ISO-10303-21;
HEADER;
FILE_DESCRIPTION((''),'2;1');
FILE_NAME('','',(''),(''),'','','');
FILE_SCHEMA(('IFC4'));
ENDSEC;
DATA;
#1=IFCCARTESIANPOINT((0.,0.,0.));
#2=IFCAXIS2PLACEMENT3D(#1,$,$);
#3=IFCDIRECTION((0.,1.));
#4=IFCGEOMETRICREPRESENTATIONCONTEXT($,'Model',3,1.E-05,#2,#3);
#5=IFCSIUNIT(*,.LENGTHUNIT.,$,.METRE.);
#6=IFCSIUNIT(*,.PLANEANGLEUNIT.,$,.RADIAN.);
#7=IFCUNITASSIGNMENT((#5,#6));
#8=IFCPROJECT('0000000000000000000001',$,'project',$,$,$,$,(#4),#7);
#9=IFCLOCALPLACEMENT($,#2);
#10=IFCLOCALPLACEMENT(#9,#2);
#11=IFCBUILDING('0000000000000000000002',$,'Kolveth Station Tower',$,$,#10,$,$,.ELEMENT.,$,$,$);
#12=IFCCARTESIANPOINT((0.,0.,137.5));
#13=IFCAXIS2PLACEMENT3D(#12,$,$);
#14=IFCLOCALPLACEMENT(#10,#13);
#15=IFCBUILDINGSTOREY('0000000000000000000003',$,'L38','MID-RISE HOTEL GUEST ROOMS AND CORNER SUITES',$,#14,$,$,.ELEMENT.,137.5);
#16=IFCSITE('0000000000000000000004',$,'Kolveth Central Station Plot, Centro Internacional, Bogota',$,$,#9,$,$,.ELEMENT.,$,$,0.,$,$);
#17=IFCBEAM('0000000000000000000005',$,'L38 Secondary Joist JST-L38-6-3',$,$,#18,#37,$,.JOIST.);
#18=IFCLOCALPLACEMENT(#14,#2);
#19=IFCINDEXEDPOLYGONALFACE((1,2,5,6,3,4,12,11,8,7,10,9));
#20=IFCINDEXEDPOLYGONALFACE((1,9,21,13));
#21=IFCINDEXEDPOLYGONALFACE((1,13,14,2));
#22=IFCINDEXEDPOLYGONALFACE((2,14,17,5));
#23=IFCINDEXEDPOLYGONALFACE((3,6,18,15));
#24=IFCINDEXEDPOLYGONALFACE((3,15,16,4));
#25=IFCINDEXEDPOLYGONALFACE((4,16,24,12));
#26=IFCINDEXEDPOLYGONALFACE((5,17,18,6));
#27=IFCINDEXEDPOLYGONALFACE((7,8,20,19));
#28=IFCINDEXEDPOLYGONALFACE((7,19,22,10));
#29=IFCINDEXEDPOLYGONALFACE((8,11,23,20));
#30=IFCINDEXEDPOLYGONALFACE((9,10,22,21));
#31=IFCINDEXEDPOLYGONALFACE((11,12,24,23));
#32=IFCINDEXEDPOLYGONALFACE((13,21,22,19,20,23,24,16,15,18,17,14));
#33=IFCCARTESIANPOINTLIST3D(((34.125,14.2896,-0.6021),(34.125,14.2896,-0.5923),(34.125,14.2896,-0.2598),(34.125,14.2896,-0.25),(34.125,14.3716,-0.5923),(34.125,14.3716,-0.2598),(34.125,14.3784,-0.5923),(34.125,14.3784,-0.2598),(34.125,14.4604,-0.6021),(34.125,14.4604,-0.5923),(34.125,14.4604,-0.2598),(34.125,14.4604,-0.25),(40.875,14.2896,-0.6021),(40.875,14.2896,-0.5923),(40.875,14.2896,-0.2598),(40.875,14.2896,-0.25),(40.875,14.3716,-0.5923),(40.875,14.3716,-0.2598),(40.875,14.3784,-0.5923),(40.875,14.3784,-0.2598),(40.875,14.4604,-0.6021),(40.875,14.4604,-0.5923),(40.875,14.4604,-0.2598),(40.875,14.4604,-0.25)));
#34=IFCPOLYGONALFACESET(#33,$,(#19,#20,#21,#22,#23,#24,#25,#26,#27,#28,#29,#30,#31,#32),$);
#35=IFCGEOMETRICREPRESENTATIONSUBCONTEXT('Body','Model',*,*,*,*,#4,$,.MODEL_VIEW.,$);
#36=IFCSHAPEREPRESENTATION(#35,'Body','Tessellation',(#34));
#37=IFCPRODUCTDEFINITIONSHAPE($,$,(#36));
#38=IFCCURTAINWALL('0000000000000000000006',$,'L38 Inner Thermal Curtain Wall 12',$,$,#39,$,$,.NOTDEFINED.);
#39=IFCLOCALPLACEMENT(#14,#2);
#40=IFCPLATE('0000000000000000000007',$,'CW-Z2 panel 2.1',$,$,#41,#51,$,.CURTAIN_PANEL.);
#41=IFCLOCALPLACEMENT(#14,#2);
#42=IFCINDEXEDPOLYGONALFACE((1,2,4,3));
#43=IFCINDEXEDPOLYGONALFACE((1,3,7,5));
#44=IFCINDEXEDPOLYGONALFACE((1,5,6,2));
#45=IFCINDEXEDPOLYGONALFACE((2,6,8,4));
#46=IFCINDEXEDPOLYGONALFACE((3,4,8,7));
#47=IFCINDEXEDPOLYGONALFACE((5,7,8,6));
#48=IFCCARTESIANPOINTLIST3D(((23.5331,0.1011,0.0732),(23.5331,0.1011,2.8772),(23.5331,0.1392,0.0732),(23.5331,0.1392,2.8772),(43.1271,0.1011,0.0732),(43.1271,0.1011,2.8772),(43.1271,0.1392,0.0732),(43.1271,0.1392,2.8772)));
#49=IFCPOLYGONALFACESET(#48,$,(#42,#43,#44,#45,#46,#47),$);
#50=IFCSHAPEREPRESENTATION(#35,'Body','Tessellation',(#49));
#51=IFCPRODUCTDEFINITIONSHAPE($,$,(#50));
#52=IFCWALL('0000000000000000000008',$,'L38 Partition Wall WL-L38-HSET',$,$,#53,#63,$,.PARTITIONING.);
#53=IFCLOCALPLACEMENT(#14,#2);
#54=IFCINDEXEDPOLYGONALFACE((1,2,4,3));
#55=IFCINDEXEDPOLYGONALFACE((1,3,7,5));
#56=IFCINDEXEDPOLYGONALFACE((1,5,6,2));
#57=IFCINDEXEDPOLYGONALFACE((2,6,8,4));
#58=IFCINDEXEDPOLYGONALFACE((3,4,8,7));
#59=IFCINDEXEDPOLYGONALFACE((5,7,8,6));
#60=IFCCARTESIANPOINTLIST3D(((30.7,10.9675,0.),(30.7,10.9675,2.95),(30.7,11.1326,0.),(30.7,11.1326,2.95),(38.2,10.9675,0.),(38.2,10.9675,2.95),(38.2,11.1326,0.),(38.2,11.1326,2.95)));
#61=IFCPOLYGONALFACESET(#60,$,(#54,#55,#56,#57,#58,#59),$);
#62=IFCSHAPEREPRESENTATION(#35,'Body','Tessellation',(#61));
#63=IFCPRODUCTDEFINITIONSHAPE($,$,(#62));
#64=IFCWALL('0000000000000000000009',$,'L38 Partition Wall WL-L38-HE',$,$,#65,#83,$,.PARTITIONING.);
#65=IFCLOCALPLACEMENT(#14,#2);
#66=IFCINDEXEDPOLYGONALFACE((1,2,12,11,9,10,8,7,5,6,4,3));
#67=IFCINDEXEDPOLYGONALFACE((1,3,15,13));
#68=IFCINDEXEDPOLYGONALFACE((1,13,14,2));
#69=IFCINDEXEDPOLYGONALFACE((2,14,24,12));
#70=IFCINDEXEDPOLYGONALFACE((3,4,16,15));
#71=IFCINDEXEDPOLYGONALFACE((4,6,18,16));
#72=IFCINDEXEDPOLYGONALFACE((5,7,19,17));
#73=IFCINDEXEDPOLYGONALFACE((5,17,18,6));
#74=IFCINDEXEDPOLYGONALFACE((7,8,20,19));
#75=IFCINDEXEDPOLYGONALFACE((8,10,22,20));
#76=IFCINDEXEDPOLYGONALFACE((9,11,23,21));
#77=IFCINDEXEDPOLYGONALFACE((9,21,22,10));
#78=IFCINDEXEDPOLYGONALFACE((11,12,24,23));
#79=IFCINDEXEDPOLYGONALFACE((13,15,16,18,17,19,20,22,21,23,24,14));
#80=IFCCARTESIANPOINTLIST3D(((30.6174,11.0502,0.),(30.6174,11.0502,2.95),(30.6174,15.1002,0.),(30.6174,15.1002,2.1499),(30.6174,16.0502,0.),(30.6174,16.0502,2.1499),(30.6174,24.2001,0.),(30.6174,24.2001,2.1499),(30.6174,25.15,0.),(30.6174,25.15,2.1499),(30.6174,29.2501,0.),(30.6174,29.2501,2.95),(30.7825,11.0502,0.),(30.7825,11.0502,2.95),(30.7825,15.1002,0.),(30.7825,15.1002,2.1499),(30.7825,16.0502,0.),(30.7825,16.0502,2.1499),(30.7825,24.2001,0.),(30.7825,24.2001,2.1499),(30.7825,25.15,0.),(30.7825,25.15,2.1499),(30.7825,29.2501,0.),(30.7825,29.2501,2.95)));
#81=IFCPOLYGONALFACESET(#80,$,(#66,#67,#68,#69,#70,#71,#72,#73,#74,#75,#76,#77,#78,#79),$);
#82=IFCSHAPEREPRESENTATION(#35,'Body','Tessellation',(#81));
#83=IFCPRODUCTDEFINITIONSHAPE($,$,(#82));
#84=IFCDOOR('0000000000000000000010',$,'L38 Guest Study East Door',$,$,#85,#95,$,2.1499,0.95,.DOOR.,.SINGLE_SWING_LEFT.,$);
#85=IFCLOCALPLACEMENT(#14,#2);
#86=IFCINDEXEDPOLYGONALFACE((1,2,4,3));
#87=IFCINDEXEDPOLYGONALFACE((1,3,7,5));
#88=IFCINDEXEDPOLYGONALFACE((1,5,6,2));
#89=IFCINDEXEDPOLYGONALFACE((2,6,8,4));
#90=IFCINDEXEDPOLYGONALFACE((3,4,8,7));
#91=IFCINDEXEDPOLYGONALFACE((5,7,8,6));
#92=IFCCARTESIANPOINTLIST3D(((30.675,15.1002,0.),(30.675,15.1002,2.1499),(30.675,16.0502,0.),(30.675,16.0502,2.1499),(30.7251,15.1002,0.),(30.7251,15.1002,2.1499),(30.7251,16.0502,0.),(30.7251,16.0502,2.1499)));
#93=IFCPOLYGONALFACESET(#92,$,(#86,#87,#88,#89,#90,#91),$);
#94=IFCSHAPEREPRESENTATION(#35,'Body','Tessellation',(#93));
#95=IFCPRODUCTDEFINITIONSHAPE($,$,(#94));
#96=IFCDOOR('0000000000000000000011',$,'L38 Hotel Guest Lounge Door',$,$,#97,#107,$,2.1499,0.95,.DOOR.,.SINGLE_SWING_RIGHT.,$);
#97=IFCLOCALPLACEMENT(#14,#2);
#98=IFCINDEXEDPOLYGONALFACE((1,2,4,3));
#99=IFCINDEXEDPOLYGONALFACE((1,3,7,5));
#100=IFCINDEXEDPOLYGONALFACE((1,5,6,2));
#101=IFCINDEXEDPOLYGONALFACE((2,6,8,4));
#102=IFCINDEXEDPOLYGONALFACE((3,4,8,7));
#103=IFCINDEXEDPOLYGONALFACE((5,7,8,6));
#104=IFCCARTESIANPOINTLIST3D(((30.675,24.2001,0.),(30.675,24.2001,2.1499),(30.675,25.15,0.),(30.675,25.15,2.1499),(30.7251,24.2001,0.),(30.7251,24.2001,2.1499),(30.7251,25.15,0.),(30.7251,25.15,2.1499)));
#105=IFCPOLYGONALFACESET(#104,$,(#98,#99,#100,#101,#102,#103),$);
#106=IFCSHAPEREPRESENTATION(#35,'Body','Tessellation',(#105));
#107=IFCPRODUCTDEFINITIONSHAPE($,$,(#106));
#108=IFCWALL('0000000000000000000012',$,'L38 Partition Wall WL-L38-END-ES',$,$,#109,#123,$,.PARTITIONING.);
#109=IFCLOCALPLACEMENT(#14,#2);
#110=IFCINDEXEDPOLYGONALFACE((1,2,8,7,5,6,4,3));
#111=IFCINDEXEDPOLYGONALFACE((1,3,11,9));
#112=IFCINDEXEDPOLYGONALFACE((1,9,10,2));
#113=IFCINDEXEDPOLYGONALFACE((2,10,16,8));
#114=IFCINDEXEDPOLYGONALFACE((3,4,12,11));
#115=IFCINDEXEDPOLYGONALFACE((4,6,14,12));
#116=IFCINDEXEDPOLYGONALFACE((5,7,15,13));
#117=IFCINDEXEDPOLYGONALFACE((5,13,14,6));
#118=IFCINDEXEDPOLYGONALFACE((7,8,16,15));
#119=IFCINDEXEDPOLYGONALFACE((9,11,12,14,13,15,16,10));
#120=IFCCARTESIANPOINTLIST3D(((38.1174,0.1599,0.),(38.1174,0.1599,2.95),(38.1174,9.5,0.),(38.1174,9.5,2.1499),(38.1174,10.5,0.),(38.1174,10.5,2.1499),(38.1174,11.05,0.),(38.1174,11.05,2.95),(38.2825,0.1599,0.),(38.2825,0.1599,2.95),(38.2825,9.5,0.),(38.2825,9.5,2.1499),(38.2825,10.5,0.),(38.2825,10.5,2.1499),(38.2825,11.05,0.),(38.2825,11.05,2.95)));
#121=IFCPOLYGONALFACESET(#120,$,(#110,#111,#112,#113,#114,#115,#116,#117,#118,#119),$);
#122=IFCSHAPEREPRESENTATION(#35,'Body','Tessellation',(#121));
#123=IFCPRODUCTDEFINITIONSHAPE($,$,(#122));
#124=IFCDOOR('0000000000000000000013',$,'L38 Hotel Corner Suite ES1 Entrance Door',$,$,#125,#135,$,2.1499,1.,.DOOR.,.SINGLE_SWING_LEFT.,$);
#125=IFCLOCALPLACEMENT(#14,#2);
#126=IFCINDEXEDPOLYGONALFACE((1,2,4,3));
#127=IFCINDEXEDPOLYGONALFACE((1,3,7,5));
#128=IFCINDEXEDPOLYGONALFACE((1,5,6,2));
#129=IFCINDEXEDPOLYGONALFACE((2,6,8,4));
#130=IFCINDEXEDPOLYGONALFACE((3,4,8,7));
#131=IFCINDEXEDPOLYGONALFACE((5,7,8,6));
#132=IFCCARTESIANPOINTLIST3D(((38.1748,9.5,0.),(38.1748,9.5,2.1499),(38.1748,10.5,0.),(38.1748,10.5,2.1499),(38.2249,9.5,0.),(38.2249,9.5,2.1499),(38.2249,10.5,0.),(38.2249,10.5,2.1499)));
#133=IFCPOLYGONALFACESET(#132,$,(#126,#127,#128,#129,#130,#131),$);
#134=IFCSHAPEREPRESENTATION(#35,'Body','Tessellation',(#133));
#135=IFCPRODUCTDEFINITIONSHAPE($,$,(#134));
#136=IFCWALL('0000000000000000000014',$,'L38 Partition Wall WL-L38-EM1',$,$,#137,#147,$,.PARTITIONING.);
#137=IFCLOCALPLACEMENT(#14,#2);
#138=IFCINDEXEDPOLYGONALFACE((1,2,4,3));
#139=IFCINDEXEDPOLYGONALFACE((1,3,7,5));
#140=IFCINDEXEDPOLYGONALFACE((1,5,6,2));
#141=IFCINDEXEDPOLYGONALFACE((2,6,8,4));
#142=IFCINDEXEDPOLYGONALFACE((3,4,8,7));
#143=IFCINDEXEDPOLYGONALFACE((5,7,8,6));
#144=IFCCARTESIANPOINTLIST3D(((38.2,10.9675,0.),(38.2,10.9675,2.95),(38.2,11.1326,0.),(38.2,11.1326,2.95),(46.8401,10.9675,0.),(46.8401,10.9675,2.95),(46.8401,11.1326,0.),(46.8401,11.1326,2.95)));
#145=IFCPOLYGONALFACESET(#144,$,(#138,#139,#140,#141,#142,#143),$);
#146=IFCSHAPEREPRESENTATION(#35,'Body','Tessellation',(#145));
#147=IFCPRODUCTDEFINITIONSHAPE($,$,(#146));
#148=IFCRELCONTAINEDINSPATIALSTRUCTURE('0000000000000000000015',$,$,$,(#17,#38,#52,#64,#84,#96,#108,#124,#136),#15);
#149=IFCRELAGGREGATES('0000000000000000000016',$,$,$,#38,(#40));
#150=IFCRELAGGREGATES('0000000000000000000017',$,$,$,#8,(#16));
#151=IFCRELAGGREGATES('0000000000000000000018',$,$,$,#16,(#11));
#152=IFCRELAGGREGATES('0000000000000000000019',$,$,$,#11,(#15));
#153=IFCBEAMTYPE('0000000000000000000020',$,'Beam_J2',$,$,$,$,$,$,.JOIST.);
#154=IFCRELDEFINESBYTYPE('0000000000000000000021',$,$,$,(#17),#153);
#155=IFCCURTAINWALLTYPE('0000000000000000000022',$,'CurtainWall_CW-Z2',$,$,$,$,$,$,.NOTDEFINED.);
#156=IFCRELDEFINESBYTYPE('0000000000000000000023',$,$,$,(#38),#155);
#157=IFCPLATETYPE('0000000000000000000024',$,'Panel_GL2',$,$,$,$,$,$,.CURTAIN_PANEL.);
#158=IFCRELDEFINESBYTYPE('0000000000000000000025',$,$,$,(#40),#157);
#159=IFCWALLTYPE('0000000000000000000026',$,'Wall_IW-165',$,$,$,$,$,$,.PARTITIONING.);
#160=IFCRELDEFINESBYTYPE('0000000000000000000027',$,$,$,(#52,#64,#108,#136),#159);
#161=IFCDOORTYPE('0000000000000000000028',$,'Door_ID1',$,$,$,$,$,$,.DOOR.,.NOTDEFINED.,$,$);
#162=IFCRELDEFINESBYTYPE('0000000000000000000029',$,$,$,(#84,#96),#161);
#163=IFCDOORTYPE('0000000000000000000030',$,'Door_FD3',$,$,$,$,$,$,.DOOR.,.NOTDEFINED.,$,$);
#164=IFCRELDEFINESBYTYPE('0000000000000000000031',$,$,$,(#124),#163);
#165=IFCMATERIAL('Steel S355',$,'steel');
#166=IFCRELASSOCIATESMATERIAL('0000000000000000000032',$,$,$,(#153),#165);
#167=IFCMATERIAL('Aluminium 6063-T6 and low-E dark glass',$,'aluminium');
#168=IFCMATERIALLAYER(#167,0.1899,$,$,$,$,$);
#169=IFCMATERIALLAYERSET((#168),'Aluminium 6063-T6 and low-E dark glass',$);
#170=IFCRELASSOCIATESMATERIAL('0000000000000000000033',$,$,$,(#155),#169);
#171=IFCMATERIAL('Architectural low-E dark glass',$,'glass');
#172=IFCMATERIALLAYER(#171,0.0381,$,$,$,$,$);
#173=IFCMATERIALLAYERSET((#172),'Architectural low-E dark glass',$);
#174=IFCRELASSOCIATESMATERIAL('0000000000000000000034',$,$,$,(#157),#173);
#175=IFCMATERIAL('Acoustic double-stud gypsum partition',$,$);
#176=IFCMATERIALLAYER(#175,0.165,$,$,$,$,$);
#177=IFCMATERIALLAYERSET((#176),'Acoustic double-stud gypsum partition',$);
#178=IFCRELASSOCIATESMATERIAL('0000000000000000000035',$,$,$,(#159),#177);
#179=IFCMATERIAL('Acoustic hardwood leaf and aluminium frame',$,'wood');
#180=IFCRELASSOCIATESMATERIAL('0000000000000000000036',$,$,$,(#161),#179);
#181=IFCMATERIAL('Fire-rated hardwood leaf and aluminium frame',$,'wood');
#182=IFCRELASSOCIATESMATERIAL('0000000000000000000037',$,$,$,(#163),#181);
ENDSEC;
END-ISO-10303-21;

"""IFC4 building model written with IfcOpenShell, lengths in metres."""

from ifc_helpers import new_model, si_unit, direction, frame, frame_2d, origin, origin_2d, place, context, subcontext, project, spatial, rectangle, i_section, extrude, source, transform, mapped, material, layer, layer_set, material_profile, profile_set, type_object, element, fill, aggregate, save


model = new_model("IFC4")

# Units and contexts
model_context = context("Model", 3, precision=1e-05, world=origin(), true_north=direction((0.0, 1.0)))
body_context = subcontext(model_context, "Body", "Model", "MODEL_VIEW")
ifc_project = project(units=[si_unit("LENGTHUNIT", "METRE"), si_unit("PLANEANGLEUNIT", "RADIAN")], contexts=[model_context])

# Site, building, storey
site_placement = place(None, origin())
site = spatial("IfcSite", under=ifc_project, at=site_placement, Name="Kolveth Central Station Plot, Centro Internacional, Bogota", CompositionType="ELEMENT", RefElevation=0.0)
building_placement = place(site_placement, origin())
building = spatial("IfcBuilding", under=site, at=building_placement, Name="Kolveth Station Tower", CompositionType="ELEMENT")
storey_placement = place(building_placement, frame((0.0, 0.0, 137.5)))
storey = spatial("IfcBuildingStorey", under=building, at=storey_placement, Name="L38", Description="MID-RISE HOTEL GUEST ROOMS AND CORNER SUITES", CompositionType="ELEMENT", Elevation=137.5)

# Beam
ifc_material_1 = material(Name="Steel S355", Category="steel")
ifc_material_profile_1 = material_profile(ifc_material_1, i_section(OverallWidth=0.1709, OverallDepth=0.3521, WebThickness=0.0068, FlangeThickness=0.0098, at=origin_2d()), Name="W360x44")
ifc_profile_set_1 = profile_set([ifc_material_profile_1], Name="Steel S355")
beam_type_1 = type_object("IfcBeamType", Name="Beam_J2", PredefinedType="JOIST", material=ifc_profile_set_1)
shared_shape_1 = source(origin(), body_context, "Body", "SweptSolid", [
    extrude(i_section(OverallWidth=0.1709, OverallDepth=0.3521, WebThickness=0.0068, FlangeThickness=0.0098, at=origin_2d()), origin(), (0.0, 0.0, 1.0), 6.75),
])
for number, where, z_axis, x_axis, name in (
    (1, (34.125, 14.375, -0.426), (1.0, 0.0, 0.0), (0.0, 1.0, 0.0), "L38 Secondary Joist JST-L38-6-3"),
):
    element("IfcBeam", number, at=place(storey_placement, frame(where, z_axis=z_axis, x_axis=x_axis)), inside=storey, type_object=beam_type_1, Name=name, PredefinedType="JOIST", context=body_context, shape_type="MappedRepresentation", body=[
        mapped(shared_shape_1, transform((0.0, 0.0, 0.0), x_axis=(1.0, 0.0, 0.0), y_axis=(0.0, 1.0, 0.0), z_axis=(0.0, 0.0, 1.0), scale=1.0)),
    ])

# Curtain wall, plate
ifc_material_2 = material(Name="Aluminium 6063-T6 and low-E dark glass", Category="aluminium")
ifc_layer_1 = layer(ifc_material_2, 0.1899)
ifc_layer_set_1 = layer_set([ifc_layer_1], Name="Aluminium 6063-T6 and low-E dark glass")
curtain_wall_type = type_object("IfcCurtainWallType", Name="CurtainWall_CW-Z2", PredefinedType="NOTDEFINED", material=ifc_layer_set_1)
curtain_wall_placement = place(storey_placement, origin())
curtain_wall = element("IfcCurtainWall", 2, at=curtain_wall_placement, inside=storey, type_object=curtain_wall_type, Name="L38 Inner Thermal Curtain Wall 12", PredefinedType="NOTDEFINED")
ifc_material_3 = material(Name="Architectural low-E dark glass", Category="glass")
ifc_layer_2 = layer(ifc_material_3, 0.0381)
ifc_layer_set_2 = layer_set([ifc_layer_2], Name="Architectural low-E dark glass")
plate_type = type_object("IfcPlateType", Name="Panel_GL2", PredefinedType="CURTAIN_PANEL", material=ifc_layer_set_2)
shared_shape_2 = source(origin(), body_context, "Body", "SweptSolid", [
    extrude(rectangle(XDim=19.594, YDim=0.0381, at=origin_2d()), origin(), (0.0, 0.0, 1.0), 2.804),
])
plate_placement = place(storey_placement, frame((33.3301, 0.1201, 0.0732), z_axis=(0.0, 0.0, 1.0), x_axis=(1.0, 0.0, 0.0)))
plate = element("IfcPlate", 3, at=plate_placement, type_object=plate_type, Name="CW-Z2 panel 2.1", PredefinedType="CURTAIN_PANEL", context=body_context, shape_type="MappedRepresentation", body=[
    mapped(shared_shape_2, transform((0.0, 0.0, 0.0), x_axis=(1.0, 0.0, 0.0), y_axis=(0.0, 1.0, 0.0), z_axis=(0.0, 0.0, 1.0), scale=1.0)),
])
aggregate(curtain_wall, [plate])

# Wall
ifc_material_4 = material(Name="Acoustic double-stud gypsum partition")
ifc_layer_3 = layer(ifc_material_4, 0.165)
ifc_layer_set_3 = layer_set([ifc_layer_3], Name="Acoustic double-stud gypsum partition")
wall_type = type_object("IfcWallType", Name="Wall_IW-165", PredefinedType="PARTITIONING", material=ifc_layer_set_3)
wall_1_placement = place(storey_placement, frame((30.7, 11.05, 0.0), z_axis=(0.0, 0.0, 1.0), x_axis=(1.0, 0.0, 0.0)))
element("IfcWall", 4, at=wall_1_placement, inside=storey, type_object=wall_type, Name="L38 Partition Wall WL-L38-HSET", PredefinedType="PARTITIONING", context=body_context, shape_type="SweptSolid", body=[
    extrude(rectangle(XDim=7.5, YDim=0.165, at=frame_2d((3.75, 0.0))), origin(), (0.0, 0.0, 1.0), 2.95),
])

# Wall, openings, doors
wall_2_placement = place(storey_placement, frame((30.7, 11.05, 0.0), z_axis=(0.0, 0.0, 1.0), x_axis=(0.0, 1.0, 0.0)))
wall_2 = element("IfcWall", 5, at=wall_2_placement, inside=storey, type_object=wall_type, Name="L38 Partition Wall WL-L38-HE", PredefinedType="PARTITIONING", context=body_context, shape_type="SweptSolid", body=[
    extrude(rectangle(XDim=18.2, YDim=0.165, at=frame_2d((9.1001, 0.0))), origin(), (0.0, 0.0, 1.0), 2.95),
])
opening_1_placement = place(wall_2_placement, frame((4.05, 0.0, 0.0)))
opening_1 = element("IfcOpeningElement", 6, at=opening_1_placement, cuts=wall_2, PredefinedType="OPENING", context=body_context, shape_type="SweptSolid", body=[
    extrude(rectangle(XDim=0.95, YDim=2.1499, at=frame_2d((0.4751, 1.075))), frame((0.0, 0.0925, 0.0), z_axis=(0.0, -1.0, 0.0), x_axis=(1.0, 0.0, 0.0)), (0.0, 0.0, 1.0), 0.1851),
])
opening_2_placement = place(wall_2_placement, frame((13.1499, 0.0, 0.0)))
opening_2 = element("IfcOpeningElement", 7, at=opening_2_placement, cuts=wall_2, PredefinedType="OPENING", context=body_context, shape_type="SweptSolid", body=[
    extrude(rectangle(XDim=0.95, YDim=2.1499, at=frame_2d((0.4751, 1.075))), frame((0.0, 0.0925, 0.0), z_axis=(0.0, -1.0, 0.0), x_axis=(1.0, 0.0, 0.0)), (0.0, 0.0, 1.0), 0.1851),
])
ifc_material_5 = material(Name="Acoustic hardwood leaf and aluminium frame", Category="wood")
door_type_1 = type_object("IfcDoorType", Name="Door_ID1", OperationType="NOTDEFINED", PredefinedType="DOOR", material=ifc_material_5)
door_1_placement = place(opening_1_placement, origin())
door_1 = element("IfcDoor", 8, at=door_1_placement, inside=storey, type_object=door_type_1, Name="L38 Guest Study East Door", OperationType="SINGLE_SWING_LEFT", OverallHeight=2.1499, OverallWidth=0.95, PredefinedType="DOOR", context=body_context, shape_type="SweptSolid", body=[
    extrude(rectangle(XDim=0.95, YDim=2.1499, at=frame_2d((0.4751, 1.075))), frame((0.0, 0.0249, 0.0), z_axis=(0.0, -1.0, 0.0), x_axis=(1.0, 0.0, 0.0)), (0.0, 0.0, 1.0), 0.05),
])
fill(opening_1, door_1)
door_2_placement = place(opening_2_placement, origin())
door_2 = element("IfcDoor", 9, at=door_2_placement, inside=storey, type_object=door_type_1, Name="L38 Hotel Guest Lounge Door", OperationType="SINGLE_SWING_RIGHT", OverallHeight=2.1499, OverallWidth=0.95, PredefinedType="DOOR", context=body_context, shape_type="SweptSolid", body=[
    extrude(rectangle(XDim=0.95, YDim=2.1499, at=frame_2d((0.4751, 1.075))), frame((0.0, 0.0249, 0.0), z_axis=(0.0, -1.0, 0.0), x_axis=(1.0, 0.0, 0.0)), (0.0, 0.0, 1.0), 0.05),
])
fill(opening_2, door_2)

# Wall, opening, door
wall_3_placement = place(storey_placement, frame((38.2, 0.1599, 0.0), z_axis=(0.0, 0.0, 1.0), x_axis=(0.0, 1.0, 0.0)))
wall_3 = element("IfcWall", 10, at=wall_3_placement, inside=storey, type_object=wall_type, Name="L38 Partition Wall WL-L38-END-ES", PredefinedType="PARTITIONING", context=body_context, shape_type="SweptSolid", body=[
    extrude(rectangle(XDim=10.8901, YDim=0.165, at=frame_2d((5.4451, 0.0))), origin(), (0.0, 0.0, 1.0), 2.95),
])
opening_3_placement = place(wall_3_placement, frame((9.3401, 0.0, 0.0)))
opening_3 = element("IfcOpeningElement", 11, at=opening_3_placement, cuts=wall_3, PredefinedType="OPENING", context=body_context, shape_type="SweptSolid", body=[
    extrude(rectangle(XDim=1.0, YDim=2.1499, at=frame_2d((0.5, 1.075))), frame((0.0, 0.0925, 0.0), z_axis=(0.0, -1.0, 0.0), x_axis=(1.0, 0.0, 0.0)), (0.0, 0.0, 1.0), 0.1851),
])
ifc_material_6 = material(Name="Fire-rated hardwood leaf and aluminium frame", Category="wood")
door_type_2 = type_object("IfcDoorType", Name="Door_FD3", OperationType="NOTDEFINED", PredefinedType="DOOR", material=ifc_material_6)
door_3_placement = place(opening_3_placement, frame((1.0, 0.0, 0.0), z_axis=(0.0, 0.0, 1.0), x_axis=(-1.0, 0.0, 0.0)))
door_3 = element("IfcDoor", 12, at=door_3_placement, inside=storey, type_object=door_type_2, Name="L38 Hotel Corner Suite ES1 Entrance Door", OperationType="SINGLE_SWING_LEFT", OverallHeight=2.1499, OverallWidth=1.0, PredefinedType="DOOR", context=body_context, shape_type="SweptSolid", body=[
    extrude(rectangle(XDim=1.0, YDim=2.1499, at=frame_2d((0.5, 1.075))), frame((0.0, 0.0249, 0.0), z_axis=(0.0, -1.0, 0.0), x_axis=(1.0, 0.0, 0.0)), (0.0, 0.0, 1.0), 0.05),
])
fill(opening_3, door_3)

# Wall
wall_4_placement = place(storey_placement, frame((38.2, 11.05, 0.0), z_axis=(0.0, 0.0, 1.0), x_axis=(1.0, 0.0, 0.0)))
element("IfcWall", 13, at=wall_4_placement, inside=storey, type_object=wall_type, Name="L38 Partition Wall WL-L38-EM1", PredefinedType="PARTITIONING", context=body_context, shape_type="SweptSolid", body=[
    extrude(rectangle(XDim=8.6401, YDim=0.165, at=frame_2d((4.3201, 0.0))), origin(), (0.0, 0.0, 1.0), 2.95),
])

save(model, "model.ifc")
